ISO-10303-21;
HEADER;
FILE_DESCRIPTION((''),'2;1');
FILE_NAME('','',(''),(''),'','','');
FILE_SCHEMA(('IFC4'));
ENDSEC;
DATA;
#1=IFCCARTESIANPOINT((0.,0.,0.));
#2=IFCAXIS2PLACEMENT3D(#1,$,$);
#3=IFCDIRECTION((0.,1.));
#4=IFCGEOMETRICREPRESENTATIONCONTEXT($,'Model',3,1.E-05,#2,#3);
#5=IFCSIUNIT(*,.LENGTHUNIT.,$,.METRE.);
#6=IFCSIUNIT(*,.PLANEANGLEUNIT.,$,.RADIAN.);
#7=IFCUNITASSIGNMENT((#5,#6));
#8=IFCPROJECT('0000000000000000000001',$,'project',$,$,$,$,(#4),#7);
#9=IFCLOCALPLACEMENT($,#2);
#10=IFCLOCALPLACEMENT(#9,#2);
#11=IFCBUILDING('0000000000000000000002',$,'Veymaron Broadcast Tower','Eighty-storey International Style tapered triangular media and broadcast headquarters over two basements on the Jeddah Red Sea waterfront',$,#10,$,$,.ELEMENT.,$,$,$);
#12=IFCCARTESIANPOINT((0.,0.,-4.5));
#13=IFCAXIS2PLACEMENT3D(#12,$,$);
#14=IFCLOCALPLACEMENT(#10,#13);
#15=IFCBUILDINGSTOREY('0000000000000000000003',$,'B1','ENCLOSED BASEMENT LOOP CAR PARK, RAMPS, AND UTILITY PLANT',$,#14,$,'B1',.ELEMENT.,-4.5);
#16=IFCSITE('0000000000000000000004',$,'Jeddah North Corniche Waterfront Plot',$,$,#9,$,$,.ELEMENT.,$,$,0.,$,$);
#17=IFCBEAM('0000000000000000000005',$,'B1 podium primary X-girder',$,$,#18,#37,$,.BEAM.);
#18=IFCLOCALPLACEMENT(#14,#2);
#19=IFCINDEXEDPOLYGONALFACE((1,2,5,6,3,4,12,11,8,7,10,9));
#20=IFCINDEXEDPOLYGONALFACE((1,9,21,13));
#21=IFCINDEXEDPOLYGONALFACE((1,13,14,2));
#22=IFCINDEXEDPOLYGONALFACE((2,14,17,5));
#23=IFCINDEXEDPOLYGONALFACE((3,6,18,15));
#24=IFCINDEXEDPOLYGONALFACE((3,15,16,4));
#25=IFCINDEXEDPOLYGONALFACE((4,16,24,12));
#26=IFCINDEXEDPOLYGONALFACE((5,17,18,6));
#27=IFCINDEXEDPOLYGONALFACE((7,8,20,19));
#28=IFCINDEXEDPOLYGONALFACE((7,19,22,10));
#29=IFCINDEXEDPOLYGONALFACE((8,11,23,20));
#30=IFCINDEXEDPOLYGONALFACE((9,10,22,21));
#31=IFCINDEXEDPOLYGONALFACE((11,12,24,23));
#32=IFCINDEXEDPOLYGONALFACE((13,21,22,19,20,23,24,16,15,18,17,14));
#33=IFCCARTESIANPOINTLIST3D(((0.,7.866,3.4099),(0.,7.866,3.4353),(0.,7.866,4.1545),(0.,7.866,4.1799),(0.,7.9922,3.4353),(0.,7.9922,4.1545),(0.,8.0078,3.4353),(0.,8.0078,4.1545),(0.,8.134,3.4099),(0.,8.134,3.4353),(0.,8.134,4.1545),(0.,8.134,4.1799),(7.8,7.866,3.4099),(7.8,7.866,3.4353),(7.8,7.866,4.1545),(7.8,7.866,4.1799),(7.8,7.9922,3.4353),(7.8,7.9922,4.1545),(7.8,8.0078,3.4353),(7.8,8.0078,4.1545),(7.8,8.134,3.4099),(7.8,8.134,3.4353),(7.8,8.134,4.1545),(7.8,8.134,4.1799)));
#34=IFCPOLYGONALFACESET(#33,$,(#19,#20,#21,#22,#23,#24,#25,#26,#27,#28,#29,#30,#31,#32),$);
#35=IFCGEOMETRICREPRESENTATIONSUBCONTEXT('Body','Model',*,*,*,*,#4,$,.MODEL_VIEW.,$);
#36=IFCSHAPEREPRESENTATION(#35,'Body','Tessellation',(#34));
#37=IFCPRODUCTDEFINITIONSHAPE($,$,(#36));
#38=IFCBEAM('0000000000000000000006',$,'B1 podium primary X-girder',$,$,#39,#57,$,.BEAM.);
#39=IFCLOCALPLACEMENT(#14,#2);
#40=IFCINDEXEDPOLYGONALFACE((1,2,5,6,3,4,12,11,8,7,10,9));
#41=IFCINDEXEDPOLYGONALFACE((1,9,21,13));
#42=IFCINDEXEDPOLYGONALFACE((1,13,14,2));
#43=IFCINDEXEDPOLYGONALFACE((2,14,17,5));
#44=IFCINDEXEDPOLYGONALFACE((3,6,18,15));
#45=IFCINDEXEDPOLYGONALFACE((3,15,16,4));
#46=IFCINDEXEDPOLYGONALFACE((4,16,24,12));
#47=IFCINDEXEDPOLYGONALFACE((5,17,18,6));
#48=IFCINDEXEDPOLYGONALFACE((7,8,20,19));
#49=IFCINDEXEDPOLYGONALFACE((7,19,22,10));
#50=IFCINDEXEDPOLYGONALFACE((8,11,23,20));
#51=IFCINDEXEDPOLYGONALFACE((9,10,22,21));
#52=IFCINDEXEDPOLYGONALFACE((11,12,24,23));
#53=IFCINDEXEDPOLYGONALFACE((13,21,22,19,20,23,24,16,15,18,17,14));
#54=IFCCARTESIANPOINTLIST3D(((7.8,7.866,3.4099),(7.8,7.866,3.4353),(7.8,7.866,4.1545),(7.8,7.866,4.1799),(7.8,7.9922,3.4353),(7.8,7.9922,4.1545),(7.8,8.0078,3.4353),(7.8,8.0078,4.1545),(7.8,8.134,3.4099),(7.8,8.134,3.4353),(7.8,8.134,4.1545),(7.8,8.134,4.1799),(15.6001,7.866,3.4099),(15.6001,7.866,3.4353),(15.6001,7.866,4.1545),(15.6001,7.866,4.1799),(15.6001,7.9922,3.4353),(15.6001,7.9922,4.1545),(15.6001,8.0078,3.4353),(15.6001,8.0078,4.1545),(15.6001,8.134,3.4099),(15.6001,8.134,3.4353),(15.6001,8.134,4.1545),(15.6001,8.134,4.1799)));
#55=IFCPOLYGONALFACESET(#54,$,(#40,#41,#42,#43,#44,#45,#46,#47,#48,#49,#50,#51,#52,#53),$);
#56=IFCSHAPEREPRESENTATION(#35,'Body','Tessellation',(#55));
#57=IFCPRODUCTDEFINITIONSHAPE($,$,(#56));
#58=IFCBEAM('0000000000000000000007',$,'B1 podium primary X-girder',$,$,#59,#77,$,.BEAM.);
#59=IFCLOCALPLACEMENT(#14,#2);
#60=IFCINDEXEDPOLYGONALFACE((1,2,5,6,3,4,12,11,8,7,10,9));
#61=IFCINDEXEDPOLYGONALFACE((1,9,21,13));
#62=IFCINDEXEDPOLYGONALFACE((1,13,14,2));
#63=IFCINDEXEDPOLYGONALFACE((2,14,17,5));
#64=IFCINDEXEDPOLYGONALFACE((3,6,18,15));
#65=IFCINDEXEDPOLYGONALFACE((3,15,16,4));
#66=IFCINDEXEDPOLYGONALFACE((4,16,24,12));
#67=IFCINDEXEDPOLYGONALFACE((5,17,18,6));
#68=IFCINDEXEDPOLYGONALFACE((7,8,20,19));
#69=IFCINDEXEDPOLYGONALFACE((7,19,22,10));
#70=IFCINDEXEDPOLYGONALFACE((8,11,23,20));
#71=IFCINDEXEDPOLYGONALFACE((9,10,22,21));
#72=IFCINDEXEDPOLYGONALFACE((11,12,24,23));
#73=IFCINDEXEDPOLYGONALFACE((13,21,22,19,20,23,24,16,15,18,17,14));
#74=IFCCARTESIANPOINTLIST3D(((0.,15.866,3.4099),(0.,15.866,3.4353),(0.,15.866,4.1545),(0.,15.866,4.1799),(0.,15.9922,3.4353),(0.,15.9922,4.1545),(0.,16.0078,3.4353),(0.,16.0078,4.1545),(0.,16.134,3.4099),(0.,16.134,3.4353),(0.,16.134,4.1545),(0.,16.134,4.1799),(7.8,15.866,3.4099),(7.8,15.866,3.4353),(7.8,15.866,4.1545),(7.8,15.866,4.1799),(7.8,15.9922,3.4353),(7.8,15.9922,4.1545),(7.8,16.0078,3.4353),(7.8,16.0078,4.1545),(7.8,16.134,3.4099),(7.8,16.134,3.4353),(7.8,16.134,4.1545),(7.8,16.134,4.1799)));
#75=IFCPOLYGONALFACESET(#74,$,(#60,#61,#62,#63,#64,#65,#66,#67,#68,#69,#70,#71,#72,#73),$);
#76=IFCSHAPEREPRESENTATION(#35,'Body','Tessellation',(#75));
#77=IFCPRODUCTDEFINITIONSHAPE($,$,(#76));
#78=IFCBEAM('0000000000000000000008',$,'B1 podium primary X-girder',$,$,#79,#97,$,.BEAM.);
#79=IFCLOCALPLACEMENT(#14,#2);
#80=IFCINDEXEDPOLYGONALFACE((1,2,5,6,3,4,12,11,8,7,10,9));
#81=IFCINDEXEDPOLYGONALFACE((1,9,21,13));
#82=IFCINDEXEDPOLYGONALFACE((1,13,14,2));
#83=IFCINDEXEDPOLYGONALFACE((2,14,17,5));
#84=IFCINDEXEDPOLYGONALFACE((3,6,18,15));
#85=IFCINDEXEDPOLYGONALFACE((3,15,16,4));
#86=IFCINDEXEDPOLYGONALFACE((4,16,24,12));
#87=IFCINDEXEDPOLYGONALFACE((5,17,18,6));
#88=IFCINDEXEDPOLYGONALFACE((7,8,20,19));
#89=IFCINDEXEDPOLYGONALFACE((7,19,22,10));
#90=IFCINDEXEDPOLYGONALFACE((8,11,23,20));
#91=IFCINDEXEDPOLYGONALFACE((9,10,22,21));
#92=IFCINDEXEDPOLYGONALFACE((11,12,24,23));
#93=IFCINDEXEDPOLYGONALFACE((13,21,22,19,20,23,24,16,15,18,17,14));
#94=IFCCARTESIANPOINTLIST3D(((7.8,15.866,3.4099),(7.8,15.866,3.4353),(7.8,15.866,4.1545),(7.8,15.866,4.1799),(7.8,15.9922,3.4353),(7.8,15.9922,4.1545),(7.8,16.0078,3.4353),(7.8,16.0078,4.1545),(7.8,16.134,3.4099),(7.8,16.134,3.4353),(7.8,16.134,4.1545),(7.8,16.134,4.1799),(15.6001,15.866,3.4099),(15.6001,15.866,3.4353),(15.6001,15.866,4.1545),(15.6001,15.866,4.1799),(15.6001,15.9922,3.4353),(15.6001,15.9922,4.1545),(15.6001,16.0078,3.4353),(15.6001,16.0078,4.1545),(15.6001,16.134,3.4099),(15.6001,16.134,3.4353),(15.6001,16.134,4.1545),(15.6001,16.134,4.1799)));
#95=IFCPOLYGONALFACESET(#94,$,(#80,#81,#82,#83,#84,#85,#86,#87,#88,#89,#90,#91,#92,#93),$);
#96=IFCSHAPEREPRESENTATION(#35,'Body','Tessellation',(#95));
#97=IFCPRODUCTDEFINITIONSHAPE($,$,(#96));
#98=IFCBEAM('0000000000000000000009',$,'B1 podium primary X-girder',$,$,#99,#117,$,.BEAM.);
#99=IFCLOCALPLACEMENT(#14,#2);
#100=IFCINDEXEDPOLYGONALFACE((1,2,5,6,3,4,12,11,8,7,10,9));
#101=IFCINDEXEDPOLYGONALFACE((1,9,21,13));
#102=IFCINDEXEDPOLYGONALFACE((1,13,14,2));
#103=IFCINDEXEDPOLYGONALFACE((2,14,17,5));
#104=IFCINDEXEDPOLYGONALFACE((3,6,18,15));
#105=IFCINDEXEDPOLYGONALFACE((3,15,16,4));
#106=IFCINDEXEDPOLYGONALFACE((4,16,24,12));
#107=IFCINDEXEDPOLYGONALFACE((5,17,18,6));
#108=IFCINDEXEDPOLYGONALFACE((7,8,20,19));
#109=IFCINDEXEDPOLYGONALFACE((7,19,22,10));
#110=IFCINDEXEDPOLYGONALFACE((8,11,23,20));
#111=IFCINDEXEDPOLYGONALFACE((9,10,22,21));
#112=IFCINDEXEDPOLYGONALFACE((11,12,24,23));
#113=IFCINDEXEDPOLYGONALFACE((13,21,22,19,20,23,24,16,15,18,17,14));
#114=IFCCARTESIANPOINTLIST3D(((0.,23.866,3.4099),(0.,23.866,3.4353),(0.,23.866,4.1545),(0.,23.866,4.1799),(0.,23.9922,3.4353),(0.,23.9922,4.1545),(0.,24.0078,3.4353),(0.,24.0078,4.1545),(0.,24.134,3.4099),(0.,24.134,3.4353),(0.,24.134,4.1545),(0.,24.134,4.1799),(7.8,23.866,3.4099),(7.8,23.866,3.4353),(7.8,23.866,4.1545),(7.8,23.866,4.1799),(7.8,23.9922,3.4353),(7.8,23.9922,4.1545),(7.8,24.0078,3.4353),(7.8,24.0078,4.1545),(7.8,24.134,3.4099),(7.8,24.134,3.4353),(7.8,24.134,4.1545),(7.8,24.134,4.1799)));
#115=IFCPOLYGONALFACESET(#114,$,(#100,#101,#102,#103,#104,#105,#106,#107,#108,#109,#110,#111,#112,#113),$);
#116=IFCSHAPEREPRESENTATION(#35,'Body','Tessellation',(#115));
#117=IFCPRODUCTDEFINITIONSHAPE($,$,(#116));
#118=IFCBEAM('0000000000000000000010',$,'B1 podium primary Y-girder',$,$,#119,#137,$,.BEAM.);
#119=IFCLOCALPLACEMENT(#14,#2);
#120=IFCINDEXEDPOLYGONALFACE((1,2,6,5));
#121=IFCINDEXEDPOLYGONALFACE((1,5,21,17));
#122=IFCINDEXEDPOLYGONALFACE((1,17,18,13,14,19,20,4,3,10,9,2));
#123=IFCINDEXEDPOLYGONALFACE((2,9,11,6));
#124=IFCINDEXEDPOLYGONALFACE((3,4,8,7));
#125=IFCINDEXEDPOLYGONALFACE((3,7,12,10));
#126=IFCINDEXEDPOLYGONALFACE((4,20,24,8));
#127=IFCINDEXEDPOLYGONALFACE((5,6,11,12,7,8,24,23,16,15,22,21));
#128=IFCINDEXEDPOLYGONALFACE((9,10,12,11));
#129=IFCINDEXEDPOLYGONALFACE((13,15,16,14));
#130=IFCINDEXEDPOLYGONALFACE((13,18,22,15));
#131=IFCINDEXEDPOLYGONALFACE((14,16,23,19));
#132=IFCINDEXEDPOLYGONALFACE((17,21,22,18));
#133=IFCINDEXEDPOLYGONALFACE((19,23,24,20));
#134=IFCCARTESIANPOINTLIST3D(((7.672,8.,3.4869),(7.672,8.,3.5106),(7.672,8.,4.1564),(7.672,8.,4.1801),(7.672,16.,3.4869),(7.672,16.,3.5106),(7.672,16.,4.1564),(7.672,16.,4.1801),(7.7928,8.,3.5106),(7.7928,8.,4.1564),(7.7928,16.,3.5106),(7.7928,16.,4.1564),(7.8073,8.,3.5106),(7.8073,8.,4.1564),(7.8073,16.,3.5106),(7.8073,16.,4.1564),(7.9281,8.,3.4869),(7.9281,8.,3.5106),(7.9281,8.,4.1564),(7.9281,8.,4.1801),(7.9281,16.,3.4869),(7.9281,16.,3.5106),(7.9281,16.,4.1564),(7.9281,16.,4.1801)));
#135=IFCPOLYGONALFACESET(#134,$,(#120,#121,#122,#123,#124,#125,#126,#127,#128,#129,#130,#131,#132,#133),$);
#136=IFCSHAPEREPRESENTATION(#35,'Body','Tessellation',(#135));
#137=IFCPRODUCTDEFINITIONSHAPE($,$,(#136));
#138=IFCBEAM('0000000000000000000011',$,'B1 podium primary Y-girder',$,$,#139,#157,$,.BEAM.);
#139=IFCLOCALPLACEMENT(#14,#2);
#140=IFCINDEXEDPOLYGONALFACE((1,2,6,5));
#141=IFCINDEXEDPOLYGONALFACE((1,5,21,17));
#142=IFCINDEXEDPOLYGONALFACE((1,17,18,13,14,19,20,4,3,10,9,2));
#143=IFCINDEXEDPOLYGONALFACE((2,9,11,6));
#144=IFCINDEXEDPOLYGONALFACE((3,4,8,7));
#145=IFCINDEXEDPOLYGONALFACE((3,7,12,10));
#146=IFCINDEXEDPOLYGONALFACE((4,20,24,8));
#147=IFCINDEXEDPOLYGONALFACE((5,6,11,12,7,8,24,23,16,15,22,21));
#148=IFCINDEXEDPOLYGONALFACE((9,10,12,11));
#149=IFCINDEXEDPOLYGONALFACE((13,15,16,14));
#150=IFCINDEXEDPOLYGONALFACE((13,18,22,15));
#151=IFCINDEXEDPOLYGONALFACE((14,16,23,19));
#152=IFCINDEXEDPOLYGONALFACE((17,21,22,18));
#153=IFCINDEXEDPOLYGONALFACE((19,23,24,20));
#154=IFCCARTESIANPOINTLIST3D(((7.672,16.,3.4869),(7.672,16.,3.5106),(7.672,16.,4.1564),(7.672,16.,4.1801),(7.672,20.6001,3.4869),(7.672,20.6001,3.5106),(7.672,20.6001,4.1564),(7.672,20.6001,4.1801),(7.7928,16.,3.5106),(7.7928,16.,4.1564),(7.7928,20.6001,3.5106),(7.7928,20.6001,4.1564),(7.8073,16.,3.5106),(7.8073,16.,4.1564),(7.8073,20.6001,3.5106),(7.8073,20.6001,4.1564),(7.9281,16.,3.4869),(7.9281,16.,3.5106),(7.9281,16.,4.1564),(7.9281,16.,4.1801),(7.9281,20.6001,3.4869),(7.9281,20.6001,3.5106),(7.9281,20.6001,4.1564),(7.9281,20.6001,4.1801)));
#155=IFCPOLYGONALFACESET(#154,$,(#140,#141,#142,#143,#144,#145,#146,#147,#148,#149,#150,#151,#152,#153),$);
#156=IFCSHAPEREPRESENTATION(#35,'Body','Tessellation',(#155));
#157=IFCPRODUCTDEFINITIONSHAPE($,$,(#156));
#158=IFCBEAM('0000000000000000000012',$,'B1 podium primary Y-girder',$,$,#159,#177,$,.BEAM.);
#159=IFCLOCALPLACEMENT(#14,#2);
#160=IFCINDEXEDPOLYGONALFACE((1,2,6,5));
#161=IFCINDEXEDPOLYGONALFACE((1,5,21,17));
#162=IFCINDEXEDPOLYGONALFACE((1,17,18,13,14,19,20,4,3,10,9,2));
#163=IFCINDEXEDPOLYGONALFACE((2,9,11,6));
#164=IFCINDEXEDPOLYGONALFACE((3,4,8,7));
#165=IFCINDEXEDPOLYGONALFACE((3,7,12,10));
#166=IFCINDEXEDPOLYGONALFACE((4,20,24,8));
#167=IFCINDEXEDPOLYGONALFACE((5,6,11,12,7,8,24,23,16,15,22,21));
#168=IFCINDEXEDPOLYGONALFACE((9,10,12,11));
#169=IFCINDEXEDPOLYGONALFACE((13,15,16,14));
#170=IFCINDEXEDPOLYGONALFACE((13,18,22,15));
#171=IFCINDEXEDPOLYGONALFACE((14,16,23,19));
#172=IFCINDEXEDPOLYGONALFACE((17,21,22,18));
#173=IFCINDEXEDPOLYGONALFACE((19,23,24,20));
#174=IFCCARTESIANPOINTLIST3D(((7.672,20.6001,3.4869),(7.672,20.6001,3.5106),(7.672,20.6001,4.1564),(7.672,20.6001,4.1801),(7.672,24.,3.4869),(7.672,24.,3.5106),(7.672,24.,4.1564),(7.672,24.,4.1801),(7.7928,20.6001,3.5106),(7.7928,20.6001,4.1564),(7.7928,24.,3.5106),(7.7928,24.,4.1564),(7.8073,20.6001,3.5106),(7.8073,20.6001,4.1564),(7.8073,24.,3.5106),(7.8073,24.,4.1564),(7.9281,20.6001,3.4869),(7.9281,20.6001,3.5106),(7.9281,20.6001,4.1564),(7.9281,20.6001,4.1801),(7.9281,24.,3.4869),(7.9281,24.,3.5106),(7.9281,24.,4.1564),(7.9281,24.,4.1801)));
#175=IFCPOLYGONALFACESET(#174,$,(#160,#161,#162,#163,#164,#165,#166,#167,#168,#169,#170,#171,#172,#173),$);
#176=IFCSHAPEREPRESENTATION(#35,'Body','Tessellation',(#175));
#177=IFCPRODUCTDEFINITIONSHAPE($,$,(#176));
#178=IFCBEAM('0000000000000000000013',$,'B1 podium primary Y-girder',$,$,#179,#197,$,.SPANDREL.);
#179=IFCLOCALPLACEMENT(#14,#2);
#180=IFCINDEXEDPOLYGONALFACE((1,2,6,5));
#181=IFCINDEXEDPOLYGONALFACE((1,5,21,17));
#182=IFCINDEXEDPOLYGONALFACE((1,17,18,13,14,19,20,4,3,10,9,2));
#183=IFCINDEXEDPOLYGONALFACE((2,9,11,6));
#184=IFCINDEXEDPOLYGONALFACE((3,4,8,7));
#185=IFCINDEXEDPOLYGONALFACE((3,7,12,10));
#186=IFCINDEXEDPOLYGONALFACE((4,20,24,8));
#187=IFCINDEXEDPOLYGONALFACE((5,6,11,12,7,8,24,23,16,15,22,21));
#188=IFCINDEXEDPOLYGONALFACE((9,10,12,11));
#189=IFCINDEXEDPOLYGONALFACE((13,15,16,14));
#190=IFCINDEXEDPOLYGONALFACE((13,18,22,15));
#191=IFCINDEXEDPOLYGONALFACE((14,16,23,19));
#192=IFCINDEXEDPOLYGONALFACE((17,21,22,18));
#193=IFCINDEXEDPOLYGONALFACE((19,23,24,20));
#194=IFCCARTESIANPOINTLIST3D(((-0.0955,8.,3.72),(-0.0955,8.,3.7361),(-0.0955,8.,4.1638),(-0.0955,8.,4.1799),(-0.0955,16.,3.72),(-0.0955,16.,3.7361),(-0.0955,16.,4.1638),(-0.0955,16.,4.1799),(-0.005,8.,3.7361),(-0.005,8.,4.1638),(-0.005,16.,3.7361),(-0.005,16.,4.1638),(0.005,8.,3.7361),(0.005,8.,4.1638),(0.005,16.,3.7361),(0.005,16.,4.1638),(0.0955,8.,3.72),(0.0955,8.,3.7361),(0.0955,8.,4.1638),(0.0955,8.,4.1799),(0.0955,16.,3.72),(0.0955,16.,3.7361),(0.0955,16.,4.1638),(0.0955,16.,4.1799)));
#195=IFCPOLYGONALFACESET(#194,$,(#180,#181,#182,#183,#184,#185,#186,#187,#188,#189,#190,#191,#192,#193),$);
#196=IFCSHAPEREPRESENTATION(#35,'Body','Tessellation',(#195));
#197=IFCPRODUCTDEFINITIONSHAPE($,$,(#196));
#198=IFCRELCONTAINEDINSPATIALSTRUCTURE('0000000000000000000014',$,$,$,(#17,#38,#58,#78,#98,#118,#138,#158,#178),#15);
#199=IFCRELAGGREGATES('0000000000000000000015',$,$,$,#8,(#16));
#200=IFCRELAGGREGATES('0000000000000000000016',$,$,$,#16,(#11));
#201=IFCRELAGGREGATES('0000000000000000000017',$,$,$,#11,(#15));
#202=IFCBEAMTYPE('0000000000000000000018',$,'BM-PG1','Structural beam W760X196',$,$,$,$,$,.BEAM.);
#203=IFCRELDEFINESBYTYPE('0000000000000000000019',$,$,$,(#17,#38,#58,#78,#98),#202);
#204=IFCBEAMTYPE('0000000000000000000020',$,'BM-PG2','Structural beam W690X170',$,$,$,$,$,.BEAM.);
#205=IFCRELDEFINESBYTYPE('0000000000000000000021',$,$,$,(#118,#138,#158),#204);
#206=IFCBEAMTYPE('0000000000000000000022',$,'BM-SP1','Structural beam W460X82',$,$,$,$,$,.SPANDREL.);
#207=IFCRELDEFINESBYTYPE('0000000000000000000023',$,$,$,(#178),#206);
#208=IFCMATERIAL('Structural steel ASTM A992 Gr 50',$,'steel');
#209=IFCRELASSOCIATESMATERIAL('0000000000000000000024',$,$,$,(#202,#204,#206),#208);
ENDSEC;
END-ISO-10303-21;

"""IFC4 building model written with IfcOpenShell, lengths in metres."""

from ifc_helpers import new_model, si_unit, direction, frame, origin, origin_2d, place, context, subcontext, project, spatial, i_section, extrude, material, material_profile, profile_set, type_object, element, save


model = new_model("IFC4")

# Units and contexts
model_context = context("Model", 3, precision=1e-05, world=origin(), true_north=direction((0.0, 1.0)))
body_context = subcontext(model_context, "Body", "Model", "MODEL_VIEW")
ifc_project = project(units=[si_unit("LENGTHUNIT", "METRE"), si_unit("PLANEANGLEUNIT", "RADIAN")], contexts=[model_context])

# Site, building, storey
site_placement = place(None, origin())
site = spatial("IfcSite", under=ifc_project, at=site_placement, Name="Jeddah North Corniche Waterfront Plot", CompositionType="ELEMENT", RefElevation=0.0)
building_placement = place(site_placement, origin())
building = spatial("IfcBuilding", under=site, at=building_placement, Name="Veymaron Broadcast Tower", Description="Eighty-storey International Style tapered triangular media and broadcast headquarters over two basements on the Jeddah Red Sea waterfront", CompositionType="ELEMENT")
storey_placement = place(building_placement, frame((0.0, 0.0, -4.5)))
storey = spatial("IfcBuildingStorey", under=building, at=storey_placement, Name="B1", Description="ENCLOSED BASEMENT LOOP CAR PARK, RAMPS, AND UTILITY PLANT", LongName="B1", CompositionType="ELEMENT", Elevation=-4.5)

# Beams
ifc_material_1 = material(Name="Structural steel ASTM A992 Gr 50", Category="steel")
ifc_material_profile_1 = material_profile(ifc_material_1, i_section(OverallWidth=0.2681, OverallDepth=0.77, WebThickness=0.0156, FlangeThickness=0.0254, at=origin_2d()), Name="W760X196")
ifc_profile_set_1 = profile_set([ifc_material_profile_1], Name="Structural steel ASTM A992 Gr 50")
beam_type_1 = type_object("IfcBeamType", Name="BM-PG1", Description="Structural beam W760X196", PredefinedType="BEAM", material=ifc_profile_set_1)
for number, where, z_axis, x_axis, name in (
    (1, (0.0, 8.0, 3.7949), (1.0, 0.0, 0.0), (0.0, 1.0, 0.0), "B1 podium primary X-girder"),
    (2, (7.8, 8.0, 3.7949), (1.0, 0.0, 0.0), (0.0, 1.0, 0.0), "B1 podium primary X-girder"),
    (3, (0.0, 16.0, 3.7949), (1.0, 0.0, 0.0), (0.0, 1.0, 0.0), "B1 podium primary X-girder"),
    (4, (7.8, 16.0, 3.7949), (1.0, 0.0, 0.0), (0.0, 1.0, 0.0), "B1 podium primary X-girder"),
    (5, (0.0, 24.0, 3.7949), (1.0, 0.0, 0.0), (0.0, 1.0, 0.0), "B1 podium primary X-girder"),
):
    element("IfcBeam", number, at=place(storey_placement, frame(where, z_axis=z_axis, x_axis=x_axis)), inside=storey, type_object=beam_type_1, Name=name, PredefinedType="BEAM", context=body_context, shape_type="SweptSolid", body=[
        extrude(i_section(OverallWidth=0.2681, OverallDepth=0.77, WebThickness=0.0156, FlangeThickness=0.0254, at=origin_2d()), origin(), (0.0, 0.0, 1.0), 7.8),
    ])
ifc_material_profile_2 = material_profile(ifc_material_1, i_section(OverallWidth=0.2561, OverallDepth=0.6931, WebThickness=0.0144, FlangeThickness=0.0237, at=origin_2d()), Name="W690X170")
ifc_profile_set_2 = profile_set([ifc_material_profile_2], Name="Structural steel ASTM A992 Gr 50")
beam_type_2 = type_object("IfcBeamType", Name="BM-PG2", Description="Structural beam W690X170", PredefinedType="BEAM", material=ifc_profile_set_2)
beam_1_placement = place(storey_placement, frame((7.8, 8.0, 3.8335), z_axis=(0.0, 1.0, 0.0), x_axis=(-1.0, 0.0, 0.0)))
element("IfcBeam", 6, at=beam_1_placement, inside=storey, type_object=beam_type_2, Name="B1 podium primary Y-girder", PredefinedType="BEAM", context=body_context, shape_type="SweptSolid", body=[
    extrude(i_section(OverallWidth=0.2561, OverallDepth=0.6931, WebThickness=0.0144, FlangeThickness=0.0237, at=origin_2d()), origin(), (0.0, 0.0, 1.0), 8.0),
])
beam_2_placement = place(storey_placement, frame((7.8, 16.0, 3.8335), z_axis=(0.0, 1.0, 0.0), x_axis=(-1.0, 0.0, 0.0)))
element("IfcBeam", 7, at=beam_2_placement, inside=storey, type_object=beam_type_2, Name="B1 podium primary Y-girder", PredefinedType="BEAM", context=body_context, shape_type="SweptSolid", body=[
    extrude(i_section(OverallWidth=0.2561, OverallDepth=0.6931, WebThickness=0.0144, FlangeThickness=0.0237, at=origin_2d()), origin(), (0.0, 0.0, 1.0), 4.6001),
])
beam_3_placement = place(storey_placement, frame((7.8, 20.6001, 3.8335), z_axis=(0.0, 1.0, 0.0), x_axis=(-1.0, 0.0, 0.0)))
element("IfcBeam", 8, at=beam_3_placement, inside=storey, type_object=beam_type_2, Name="B1 podium primary Y-girder", PredefinedType="BEAM", context=body_context, shape_type="SweptSolid", body=[
    extrude(i_section(OverallWidth=0.2561, OverallDepth=0.6931, WebThickness=0.0144, FlangeThickness=0.0237, at=origin_2d()), origin(), (0.0, 0.0, 1.0), 3.3999),
])
ifc_material_profile_3 = material_profile(ifc_material_1, i_section(OverallWidth=0.1909, OverallDepth=0.46, WebThickness=0.01, FlangeThickness=0.0161, at=origin_2d()), Name="W460X82")
ifc_profile_set_3 = profile_set([ifc_material_profile_3], Name="Structural steel ASTM A992 Gr 50")
beam_type_3 = type_object("IfcBeamType", Name="BM-SP1", Description="Structural beam W460X82", PredefinedType="SPANDREL", material=ifc_profile_set_3)
for number, where, z_axis, x_axis, name in (
    (9, (0.0, 8.0, 3.95), (0.0, 1.0, 0.0), (-1.0, 0.0, 0.0), "B1 podium primary Y-girder"),
):
    element("IfcBeam", number, at=place(storey_placement, frame(where, z_axis=z_axis, x_axis=x_axis)), inside=storey, type_object=beam_type_3, Name=name, PredefinedType="SPANDREL", context=body_context, shape_type="SweptSolid", body=[
        extrude(i_section(OverallWidth=0.1909, OverallDepth=0.46, WebThickness=0.01, FlangeThickness=0.0161, at=origin_2d()), origin(), (0.0, 0.0, 1.0), 8.0),
    ])

save(model, "model.ifc")
